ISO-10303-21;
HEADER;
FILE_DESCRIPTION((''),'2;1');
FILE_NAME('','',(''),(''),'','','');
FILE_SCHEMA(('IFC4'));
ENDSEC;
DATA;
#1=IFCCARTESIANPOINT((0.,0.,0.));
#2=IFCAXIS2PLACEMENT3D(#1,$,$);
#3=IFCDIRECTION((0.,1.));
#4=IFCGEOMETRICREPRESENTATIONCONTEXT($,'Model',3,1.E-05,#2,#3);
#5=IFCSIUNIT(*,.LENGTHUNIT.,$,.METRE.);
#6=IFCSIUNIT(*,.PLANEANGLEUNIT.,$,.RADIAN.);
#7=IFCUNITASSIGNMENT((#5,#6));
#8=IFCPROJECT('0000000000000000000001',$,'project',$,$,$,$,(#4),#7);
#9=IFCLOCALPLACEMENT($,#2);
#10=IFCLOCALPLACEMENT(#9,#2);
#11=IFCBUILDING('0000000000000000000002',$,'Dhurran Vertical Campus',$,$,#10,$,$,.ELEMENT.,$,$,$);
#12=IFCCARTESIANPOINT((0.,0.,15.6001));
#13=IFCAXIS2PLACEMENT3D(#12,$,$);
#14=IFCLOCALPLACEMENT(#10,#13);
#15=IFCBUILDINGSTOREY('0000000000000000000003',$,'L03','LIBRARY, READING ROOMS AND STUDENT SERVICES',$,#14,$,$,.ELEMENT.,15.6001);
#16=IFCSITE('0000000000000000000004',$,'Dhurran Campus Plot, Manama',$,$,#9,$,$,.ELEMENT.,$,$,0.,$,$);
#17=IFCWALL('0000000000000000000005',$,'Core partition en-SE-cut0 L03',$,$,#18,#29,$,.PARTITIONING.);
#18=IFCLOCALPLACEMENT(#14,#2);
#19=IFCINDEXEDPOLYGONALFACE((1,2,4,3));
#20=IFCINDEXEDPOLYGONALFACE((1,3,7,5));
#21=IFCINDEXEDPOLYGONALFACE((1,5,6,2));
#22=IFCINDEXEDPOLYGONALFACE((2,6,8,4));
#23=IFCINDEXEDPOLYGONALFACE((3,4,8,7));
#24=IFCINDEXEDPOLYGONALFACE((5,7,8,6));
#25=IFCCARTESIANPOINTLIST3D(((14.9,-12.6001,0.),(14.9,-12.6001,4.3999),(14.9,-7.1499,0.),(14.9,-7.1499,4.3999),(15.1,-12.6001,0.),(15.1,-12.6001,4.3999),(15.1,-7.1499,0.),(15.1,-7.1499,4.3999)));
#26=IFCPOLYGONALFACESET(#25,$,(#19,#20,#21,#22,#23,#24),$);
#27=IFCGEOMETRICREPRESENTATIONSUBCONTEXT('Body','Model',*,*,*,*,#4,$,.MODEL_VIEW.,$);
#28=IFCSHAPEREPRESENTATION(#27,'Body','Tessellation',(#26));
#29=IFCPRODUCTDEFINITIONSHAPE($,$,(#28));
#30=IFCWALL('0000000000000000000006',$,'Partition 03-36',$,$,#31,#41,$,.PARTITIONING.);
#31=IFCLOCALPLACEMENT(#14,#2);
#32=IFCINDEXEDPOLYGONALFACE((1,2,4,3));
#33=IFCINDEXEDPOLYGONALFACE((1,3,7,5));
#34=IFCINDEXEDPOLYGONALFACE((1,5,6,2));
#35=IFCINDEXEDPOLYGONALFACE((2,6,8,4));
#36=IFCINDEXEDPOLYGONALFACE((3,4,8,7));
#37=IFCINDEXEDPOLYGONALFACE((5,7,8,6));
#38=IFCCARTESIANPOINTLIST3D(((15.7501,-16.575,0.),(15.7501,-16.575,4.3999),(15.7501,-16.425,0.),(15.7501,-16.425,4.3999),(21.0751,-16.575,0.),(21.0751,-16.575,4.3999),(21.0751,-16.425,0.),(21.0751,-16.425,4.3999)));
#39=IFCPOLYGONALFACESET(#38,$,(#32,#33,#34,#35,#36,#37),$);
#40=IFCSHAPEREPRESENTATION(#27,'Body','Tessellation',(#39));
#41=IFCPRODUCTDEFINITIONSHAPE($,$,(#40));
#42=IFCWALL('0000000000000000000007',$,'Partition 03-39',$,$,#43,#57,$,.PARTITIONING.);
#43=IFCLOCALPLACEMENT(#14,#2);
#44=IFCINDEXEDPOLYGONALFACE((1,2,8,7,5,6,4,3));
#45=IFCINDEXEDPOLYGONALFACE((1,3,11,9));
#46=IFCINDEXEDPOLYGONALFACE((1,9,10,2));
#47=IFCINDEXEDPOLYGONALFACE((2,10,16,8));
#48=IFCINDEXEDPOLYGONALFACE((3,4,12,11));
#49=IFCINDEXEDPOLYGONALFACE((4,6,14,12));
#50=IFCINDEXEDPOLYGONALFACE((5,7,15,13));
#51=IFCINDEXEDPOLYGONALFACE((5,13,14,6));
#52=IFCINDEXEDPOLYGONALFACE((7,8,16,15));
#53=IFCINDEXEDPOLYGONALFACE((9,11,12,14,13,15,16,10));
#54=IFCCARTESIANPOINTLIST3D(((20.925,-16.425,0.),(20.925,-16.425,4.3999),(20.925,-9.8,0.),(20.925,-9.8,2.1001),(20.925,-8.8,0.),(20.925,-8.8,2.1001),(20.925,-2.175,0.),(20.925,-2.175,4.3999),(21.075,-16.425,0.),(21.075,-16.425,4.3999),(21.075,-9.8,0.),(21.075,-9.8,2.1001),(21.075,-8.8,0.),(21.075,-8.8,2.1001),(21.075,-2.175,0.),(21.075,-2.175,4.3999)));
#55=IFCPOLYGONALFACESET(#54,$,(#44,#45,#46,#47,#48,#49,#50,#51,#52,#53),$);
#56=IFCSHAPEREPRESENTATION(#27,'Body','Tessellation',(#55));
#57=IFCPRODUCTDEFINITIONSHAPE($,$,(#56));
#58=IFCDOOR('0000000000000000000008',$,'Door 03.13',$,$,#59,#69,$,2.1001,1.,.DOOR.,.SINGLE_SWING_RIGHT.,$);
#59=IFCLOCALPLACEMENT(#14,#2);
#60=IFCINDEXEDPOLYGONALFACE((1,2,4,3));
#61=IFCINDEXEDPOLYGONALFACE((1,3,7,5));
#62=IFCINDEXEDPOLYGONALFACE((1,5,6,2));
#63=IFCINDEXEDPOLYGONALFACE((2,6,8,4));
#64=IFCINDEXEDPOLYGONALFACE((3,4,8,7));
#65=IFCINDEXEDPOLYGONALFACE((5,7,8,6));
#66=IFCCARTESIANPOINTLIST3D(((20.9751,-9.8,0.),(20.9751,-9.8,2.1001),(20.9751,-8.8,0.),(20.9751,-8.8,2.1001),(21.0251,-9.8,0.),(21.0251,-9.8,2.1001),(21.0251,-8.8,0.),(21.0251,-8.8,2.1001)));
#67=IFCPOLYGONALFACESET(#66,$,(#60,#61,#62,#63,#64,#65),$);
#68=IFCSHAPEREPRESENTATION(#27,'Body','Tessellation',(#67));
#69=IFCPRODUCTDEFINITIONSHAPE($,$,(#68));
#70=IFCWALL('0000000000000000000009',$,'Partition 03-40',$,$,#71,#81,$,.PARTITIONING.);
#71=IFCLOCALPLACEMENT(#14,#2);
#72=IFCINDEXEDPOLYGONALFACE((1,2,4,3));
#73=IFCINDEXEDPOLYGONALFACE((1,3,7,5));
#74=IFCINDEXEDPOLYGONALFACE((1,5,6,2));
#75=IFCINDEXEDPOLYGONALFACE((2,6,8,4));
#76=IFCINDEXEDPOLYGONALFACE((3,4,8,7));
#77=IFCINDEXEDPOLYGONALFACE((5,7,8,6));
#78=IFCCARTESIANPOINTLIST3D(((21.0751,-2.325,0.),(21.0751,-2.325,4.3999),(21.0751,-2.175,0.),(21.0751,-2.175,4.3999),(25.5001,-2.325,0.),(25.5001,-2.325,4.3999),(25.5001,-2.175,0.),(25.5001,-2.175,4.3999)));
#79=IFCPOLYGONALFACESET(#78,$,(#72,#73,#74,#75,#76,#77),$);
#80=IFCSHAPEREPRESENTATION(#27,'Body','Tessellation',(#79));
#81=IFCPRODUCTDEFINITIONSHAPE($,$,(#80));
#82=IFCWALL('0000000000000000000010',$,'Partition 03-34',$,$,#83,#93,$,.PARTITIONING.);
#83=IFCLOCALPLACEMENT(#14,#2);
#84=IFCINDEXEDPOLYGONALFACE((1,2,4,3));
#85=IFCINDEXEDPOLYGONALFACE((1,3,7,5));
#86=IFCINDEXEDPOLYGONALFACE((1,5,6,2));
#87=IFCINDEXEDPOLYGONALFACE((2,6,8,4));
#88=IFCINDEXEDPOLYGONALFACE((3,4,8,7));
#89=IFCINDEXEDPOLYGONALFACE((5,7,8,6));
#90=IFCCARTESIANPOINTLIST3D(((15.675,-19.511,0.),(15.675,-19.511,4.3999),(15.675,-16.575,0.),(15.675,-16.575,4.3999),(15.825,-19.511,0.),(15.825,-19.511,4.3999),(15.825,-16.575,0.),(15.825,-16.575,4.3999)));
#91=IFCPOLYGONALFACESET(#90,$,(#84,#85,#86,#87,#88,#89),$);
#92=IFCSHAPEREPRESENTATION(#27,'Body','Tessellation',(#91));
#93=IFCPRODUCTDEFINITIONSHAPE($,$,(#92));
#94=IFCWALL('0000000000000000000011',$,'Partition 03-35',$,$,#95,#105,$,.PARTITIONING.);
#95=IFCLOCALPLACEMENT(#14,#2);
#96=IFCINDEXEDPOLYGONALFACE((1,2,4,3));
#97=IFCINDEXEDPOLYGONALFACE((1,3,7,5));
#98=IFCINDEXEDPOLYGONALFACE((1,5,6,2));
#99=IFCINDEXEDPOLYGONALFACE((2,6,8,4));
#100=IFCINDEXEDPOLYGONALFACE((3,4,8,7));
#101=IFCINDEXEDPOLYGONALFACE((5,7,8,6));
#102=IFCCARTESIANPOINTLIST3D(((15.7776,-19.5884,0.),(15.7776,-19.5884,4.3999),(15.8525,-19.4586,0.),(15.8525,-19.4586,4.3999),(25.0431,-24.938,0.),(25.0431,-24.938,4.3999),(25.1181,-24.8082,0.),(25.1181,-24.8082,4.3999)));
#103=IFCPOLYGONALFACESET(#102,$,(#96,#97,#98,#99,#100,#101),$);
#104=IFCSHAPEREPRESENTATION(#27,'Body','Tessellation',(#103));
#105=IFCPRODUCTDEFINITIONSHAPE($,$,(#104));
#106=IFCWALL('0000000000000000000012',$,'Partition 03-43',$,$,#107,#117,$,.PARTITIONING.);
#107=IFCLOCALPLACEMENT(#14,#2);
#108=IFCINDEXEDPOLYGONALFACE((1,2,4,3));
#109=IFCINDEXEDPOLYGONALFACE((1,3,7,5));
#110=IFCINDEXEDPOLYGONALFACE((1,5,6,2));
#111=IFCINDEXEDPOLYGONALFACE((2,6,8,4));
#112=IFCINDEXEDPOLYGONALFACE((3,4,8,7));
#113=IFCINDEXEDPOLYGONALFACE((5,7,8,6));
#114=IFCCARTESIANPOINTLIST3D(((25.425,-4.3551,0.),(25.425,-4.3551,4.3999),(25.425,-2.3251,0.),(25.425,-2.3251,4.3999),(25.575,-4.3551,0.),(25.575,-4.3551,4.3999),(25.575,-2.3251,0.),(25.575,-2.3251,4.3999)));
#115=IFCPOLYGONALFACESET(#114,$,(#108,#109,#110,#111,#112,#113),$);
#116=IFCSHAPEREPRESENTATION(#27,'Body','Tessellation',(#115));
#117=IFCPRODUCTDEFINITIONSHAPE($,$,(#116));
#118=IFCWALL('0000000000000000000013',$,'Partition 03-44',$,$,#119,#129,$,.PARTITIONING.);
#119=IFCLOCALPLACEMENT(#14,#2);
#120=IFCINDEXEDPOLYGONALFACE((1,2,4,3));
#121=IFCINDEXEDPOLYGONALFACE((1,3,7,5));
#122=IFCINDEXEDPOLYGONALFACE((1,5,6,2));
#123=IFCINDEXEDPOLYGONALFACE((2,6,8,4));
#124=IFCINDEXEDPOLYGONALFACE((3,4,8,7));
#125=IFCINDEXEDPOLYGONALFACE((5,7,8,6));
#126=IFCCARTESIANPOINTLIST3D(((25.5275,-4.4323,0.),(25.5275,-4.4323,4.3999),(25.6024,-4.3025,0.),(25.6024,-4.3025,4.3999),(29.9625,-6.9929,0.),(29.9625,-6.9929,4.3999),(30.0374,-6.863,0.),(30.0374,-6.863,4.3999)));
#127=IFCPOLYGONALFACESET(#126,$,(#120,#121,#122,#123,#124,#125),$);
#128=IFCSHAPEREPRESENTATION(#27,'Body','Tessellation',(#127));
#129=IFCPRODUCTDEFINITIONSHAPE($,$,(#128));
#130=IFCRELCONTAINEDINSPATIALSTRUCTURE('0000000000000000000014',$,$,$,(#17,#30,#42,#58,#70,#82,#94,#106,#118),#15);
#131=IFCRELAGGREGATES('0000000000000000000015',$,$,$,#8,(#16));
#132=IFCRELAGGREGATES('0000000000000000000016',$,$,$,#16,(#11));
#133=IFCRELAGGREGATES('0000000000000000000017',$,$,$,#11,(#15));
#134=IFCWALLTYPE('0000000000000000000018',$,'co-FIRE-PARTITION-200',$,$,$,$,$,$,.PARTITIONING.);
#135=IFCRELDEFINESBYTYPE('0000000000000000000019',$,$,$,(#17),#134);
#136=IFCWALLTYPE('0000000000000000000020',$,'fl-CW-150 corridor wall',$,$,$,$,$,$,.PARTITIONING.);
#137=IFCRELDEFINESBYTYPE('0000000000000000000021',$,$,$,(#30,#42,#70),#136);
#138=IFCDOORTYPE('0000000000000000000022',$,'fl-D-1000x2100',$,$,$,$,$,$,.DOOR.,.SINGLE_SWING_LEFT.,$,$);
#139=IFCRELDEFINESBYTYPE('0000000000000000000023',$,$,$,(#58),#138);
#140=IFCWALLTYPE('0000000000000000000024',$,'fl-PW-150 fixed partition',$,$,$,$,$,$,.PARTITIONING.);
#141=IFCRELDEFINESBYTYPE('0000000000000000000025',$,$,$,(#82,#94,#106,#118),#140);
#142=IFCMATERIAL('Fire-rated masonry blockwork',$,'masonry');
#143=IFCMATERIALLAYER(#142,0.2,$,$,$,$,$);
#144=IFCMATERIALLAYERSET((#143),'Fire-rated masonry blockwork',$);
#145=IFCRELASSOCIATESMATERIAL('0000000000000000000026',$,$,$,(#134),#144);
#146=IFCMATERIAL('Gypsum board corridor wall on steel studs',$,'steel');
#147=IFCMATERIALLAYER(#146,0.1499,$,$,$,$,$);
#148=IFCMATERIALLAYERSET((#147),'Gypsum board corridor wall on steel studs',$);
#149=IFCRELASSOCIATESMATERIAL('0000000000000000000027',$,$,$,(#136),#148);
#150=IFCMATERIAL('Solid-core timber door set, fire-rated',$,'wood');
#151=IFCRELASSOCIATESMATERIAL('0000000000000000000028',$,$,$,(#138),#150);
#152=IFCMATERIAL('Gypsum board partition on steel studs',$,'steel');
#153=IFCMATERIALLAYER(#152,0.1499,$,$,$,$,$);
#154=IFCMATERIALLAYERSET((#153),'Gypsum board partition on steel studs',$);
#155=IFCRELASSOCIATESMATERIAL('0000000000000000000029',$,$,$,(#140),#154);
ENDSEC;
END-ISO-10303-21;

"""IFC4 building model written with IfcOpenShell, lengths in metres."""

from ifc_helpers import new_model, si_unit, direction, frame, frame_2d, origin, place, context, subcontext, project, spatial, rectangle, extrude, material, layer, layer_set, type_object, element, fill, save


model = new_model("IFC4")

# Units and contexts
model_context = context("Model", 3, precision=1e-05, world=origin(), true_north=direction((0.0, 1.0)))
body_context = subcontext(model_context, "Body", "Model", "MODEL_VIEW")
ifc_project = project(units=[si_unit("LENGTHUNIT", "METRE"), si_unit("PLANEANGLEUNIT", "RADIAN")], contexts=[model_context])

# Site, building, storey
site_placement = place(None, origin())
site = spatial("IfcSite", under=ifc_project, at=site_placement, Name="Dhurran Campus Plot, Manama", CompositionType="ELEMENT", RefElevation=0.0)
building_placement = place(site_placement, origin())
building = spatial("IfcBuilding", under=site, at=building_placement, Name="Dhurran Vertical Campus", CompositionType="ELEMENT")
storey_placement = place(building_placement, frame((0.0, 0.0, 15.6001)))
storey = spatial("IfcBuildingStorey", under=building, at=storey_placement, Name="L03", Description="LIBRARY, READING ROOMS AND STUDENT SERVICES", CompositionType="ELEMENT", Elevation=15.6001)

# Walls
ifc_material_1 = material(Name="Fire-rated masonry blockwork", Category="masonry")
ifc_layer_1 = layer(ifc_material_1, 0.2)
ifc_layer_set_1 = layer_set([ifc_layer_1], Name="Fire-rated masonry blockwork")
wall_type_1 = type_object("IfcWallType", Name="co-FIRE-PARTITION-200", PredefinedType="PARTITIONING", material=ifc_layer_set_1)
wall_1_placement = place(storey_placement, frame((15.0, -12.6001, 0.0), z_axis=(0.0, 0.0, 1.0), x_axis=(0.0, 1.0, 0.0)))
element("IfcWall", 1, at=wall_1_placement, inside=storey, type_object=wall_type_1, Name="Core partition en-SE-cut0 L03", PredefinedType="PARTITIONING", context=body_context, shape_type="SweptSolid", body=[
    extrude(rectangle(XDim=5.4502, YDim=0.2, at=frame_2d((2.7251, 0.0))), origin(), (0.0, 0.0, 1.0), 4.3999),
])
ifc_material_2 = material(Name="Gypsum board corridor wall on steel studs", Category="steel")
ifc_layer_2 = layer(ifc_material_2, 0.1499)
ifc_layer_set_2 = layer_set([ifc_layer_2], Name="Gypsum board corridor wall on steel studs")
wall_type_2 = type_object("IfcWallType", Name="fl-CW-150 corridor wall", PredefinedType="PARTITIONING", material=ifc_layer_set_2)
wall_2_placement = place(storey_placement, frame((15.75, -16.5, 0.0), z_axis=(0.0, 0.0, 1.0), x_axis=(1.0, 0.0, 0.0)))
element("IfcWall", 2, at=wall_2_placement, inside=storey, type_object=wall_type_2, Name="Partition 03-36", PredefinedType="PARTITIONING", context=body_context, shape_type="SweptSolid", body=[
    extrude(rectangle(XDim=5.325, YDim=0.1499, at=frame_2d((2.6626, 0.0))), origin(), (0.0, 0.0, 1.0), 4.3999),
])

# Wall, opening, door
wall_3_placement = place(storey_placement, frame((21.0, -16.425, 0.0), z_axis=(0.0, 0.0, 1.0), x_axis=(0.0, 1.0, 0.0)))
wall_3 = element("IfcWall", 3, at=wall_3_placement, inside=storey, type_object=wall_type_2, Name="Partition 03-39", PredefinedType="PARTITIONING", context=body_context, shape_type="SweptSolid", body=[
    extrude(rectangle(XDim=14.25, YDim=0.1499, at=frame_2d((7.125, 0.0))), origin(), (0.0, 0.0, 1.0), 4.3999),
])
opening_1_placement = place(wall_3_placement, frame((6.625, 0.0, 0.0)))
opening_1 = element("IfcOpeningElement", 4, at=opening_1_placement, cuts=wall_3, PredefinedType="OPENING", context=body_context, shape_type="SweptSolid", body=[
    extrude(rectangle(XDim=1.0, YDim=2.1001, at=frame_2d((0.5, 1.05))), frame((0.0, 0.085, 0.0), z_axis=(0.0, -1.0, 0.0), x_axis=(1.0, 0.0, 0.0)), (0.0, 0.0, 1.0), 0.1699),
])
ifc_material_3 = material(Name="Solid-core timber door set, fire-rated", Category="wood")
door_type_1 = type_object("IfcDoorType", Name="fl-D-1000x2100", OperationType="SINGLE_SWING_LEFT", PredefinedType="DOOR", material=ifc_material_3)
door_1_placement = place(opening_1_placement, origin())
door_1 = element("IfcDoor", 5, at=door_1_placement, inside=storey, type_object=door_type_1, Name="Door 03.13", OperationType="SINGLE_SWING_RIGHT", OverallHeight=2.1001, OverallWidth=1.0, PredefinedType="DOOR", context=body_context, shape_type="SweptSolid", body=[
    extrude(rectangle(XDim=1.0, YDim=2.1001, at=frame_2d((0.5, 1.05))), frame((0.0, 0.0249, 0.0), z_axis=(0.0, -1.0, 0.0), x_axis=(1.0, 0.0, 0.0)), (0.0, 0.0, 1.0), 0.05),
])
fill(opening_1, door_1)

# Walls
wall_4_placement = place(storey_placement, frame((25.5, -2.25, 0.0), z_axis=(0.0, 0.0, 1.0), x_axis=(-1.0, 0.0, 0.0)))
element("IfcWall", 6, at=wall_4_placement, inside=storey, type_object=wall_type_2, Name="Partition 03-40", PredefinedType="PARTITIONING", context=body_context, shape_type="SweptSolid", body=[
    extrude(rectangle(XDim=4.425, YDim=0.1499, at=frame_2d((2.2124, 0.0))), origin(), (0.0, 0.0, 1.0), 4.3999),
])
ifc_material_4 = material(Name="Gypsum board partition on steel studs", Category="steel")
ifc_layer_3 = layer(ifc_material_4, 0.1499)
ifc_layer_set_3 = layer_set([ifc_layer_3], Name="Gypsum board partition on steel studs")
wall_type_3 = type_object("IfcWallType", Name="fl-PW-150 fixed partition", PredefinedType="PARTITIONING", material=ifc_layer_set_3)
wall_5_placement = place(storey_placement, frame((15.75, -16.575, 0.0), z_axis=(0.0, 0.0, 1.0), x_axis=(0.0, -1.0, 0.0)))
element("IfcWall", 7, at=wall_5_placement, inside=storey, type_object=wall_type_3, Name="Partition 03-34", PredefinedType="PARTITIONING", context=body_context, shape_type="SweptSolid", body=[
    extrude(rectangle(XDim=2.936, YDim=0.1499, at=frame_2d((1.468, 0.0))), origin(), (0.0, 0.0, 1.0), 4.3999),
])
wall_6_placement = place(storey_placement, frame((15.8149, -19.5234, 0.0), z_axis=(0.0, 0.0, 1.0), x_axis=(0.866021, -0.500007, 0.0)))
element("IfcWall", 8, at=wall_6_placement, inside=storey, type_object=wall_type_3, Name="Partition 03-35", PredefinedType="PARTITIONING", context=body_context, shape_type="SweptSolid", body=[
    extrude(rectangle(XDim=10.699, YDim=0.1499, at=frame_2d((5.3496, 0.0))), origin(), (0.0, 0.0, 1.0), 4.3999),
])
wall_7_placement = place(storey_placement, frame((25.5, -2.325, 0.0), z_axis=(0.0, 0.0, 1.0), x_axis=(0.0, -1.0, 0.0)))
element("IfcWall", 9, at=wall_7_placement, inside=storey, type_object=wall_type_3, Name="Partition 03-43", PredefinedType="PARTITIONING", context=body_context, shape_type="SweptSolid", body=[
    extrude(rectangle(XDim=2.03, YDim=0.1499, at=frame_2d((1.0151, 0.0))), origin(), (0.0, 0.0, 1.0), 4.3999),
])
wall_8_placement = place(storey_placement, frame((25.5649, -4.3674, 0.0), z_axis=(0.0, 0.0, 1.0), x_axis=(0.866028, -0.499995, 0.0)))
element("IfcWall", 10, at=wall_8_placement, inside=storey, type_object=wall_type_3, Name="Partition 03-44", PredefinedType="PARTITIONING", context=body_context, shape_type="SweptSolid", body=[
    extrude(rectangle(XDim=5.1211, YDim=0.1499, at=frame_2d((2.5605, 0.0))), origin(), (0.0, 0.0, 1.0), 4.3999),
])

save(model, "model.ifc")
